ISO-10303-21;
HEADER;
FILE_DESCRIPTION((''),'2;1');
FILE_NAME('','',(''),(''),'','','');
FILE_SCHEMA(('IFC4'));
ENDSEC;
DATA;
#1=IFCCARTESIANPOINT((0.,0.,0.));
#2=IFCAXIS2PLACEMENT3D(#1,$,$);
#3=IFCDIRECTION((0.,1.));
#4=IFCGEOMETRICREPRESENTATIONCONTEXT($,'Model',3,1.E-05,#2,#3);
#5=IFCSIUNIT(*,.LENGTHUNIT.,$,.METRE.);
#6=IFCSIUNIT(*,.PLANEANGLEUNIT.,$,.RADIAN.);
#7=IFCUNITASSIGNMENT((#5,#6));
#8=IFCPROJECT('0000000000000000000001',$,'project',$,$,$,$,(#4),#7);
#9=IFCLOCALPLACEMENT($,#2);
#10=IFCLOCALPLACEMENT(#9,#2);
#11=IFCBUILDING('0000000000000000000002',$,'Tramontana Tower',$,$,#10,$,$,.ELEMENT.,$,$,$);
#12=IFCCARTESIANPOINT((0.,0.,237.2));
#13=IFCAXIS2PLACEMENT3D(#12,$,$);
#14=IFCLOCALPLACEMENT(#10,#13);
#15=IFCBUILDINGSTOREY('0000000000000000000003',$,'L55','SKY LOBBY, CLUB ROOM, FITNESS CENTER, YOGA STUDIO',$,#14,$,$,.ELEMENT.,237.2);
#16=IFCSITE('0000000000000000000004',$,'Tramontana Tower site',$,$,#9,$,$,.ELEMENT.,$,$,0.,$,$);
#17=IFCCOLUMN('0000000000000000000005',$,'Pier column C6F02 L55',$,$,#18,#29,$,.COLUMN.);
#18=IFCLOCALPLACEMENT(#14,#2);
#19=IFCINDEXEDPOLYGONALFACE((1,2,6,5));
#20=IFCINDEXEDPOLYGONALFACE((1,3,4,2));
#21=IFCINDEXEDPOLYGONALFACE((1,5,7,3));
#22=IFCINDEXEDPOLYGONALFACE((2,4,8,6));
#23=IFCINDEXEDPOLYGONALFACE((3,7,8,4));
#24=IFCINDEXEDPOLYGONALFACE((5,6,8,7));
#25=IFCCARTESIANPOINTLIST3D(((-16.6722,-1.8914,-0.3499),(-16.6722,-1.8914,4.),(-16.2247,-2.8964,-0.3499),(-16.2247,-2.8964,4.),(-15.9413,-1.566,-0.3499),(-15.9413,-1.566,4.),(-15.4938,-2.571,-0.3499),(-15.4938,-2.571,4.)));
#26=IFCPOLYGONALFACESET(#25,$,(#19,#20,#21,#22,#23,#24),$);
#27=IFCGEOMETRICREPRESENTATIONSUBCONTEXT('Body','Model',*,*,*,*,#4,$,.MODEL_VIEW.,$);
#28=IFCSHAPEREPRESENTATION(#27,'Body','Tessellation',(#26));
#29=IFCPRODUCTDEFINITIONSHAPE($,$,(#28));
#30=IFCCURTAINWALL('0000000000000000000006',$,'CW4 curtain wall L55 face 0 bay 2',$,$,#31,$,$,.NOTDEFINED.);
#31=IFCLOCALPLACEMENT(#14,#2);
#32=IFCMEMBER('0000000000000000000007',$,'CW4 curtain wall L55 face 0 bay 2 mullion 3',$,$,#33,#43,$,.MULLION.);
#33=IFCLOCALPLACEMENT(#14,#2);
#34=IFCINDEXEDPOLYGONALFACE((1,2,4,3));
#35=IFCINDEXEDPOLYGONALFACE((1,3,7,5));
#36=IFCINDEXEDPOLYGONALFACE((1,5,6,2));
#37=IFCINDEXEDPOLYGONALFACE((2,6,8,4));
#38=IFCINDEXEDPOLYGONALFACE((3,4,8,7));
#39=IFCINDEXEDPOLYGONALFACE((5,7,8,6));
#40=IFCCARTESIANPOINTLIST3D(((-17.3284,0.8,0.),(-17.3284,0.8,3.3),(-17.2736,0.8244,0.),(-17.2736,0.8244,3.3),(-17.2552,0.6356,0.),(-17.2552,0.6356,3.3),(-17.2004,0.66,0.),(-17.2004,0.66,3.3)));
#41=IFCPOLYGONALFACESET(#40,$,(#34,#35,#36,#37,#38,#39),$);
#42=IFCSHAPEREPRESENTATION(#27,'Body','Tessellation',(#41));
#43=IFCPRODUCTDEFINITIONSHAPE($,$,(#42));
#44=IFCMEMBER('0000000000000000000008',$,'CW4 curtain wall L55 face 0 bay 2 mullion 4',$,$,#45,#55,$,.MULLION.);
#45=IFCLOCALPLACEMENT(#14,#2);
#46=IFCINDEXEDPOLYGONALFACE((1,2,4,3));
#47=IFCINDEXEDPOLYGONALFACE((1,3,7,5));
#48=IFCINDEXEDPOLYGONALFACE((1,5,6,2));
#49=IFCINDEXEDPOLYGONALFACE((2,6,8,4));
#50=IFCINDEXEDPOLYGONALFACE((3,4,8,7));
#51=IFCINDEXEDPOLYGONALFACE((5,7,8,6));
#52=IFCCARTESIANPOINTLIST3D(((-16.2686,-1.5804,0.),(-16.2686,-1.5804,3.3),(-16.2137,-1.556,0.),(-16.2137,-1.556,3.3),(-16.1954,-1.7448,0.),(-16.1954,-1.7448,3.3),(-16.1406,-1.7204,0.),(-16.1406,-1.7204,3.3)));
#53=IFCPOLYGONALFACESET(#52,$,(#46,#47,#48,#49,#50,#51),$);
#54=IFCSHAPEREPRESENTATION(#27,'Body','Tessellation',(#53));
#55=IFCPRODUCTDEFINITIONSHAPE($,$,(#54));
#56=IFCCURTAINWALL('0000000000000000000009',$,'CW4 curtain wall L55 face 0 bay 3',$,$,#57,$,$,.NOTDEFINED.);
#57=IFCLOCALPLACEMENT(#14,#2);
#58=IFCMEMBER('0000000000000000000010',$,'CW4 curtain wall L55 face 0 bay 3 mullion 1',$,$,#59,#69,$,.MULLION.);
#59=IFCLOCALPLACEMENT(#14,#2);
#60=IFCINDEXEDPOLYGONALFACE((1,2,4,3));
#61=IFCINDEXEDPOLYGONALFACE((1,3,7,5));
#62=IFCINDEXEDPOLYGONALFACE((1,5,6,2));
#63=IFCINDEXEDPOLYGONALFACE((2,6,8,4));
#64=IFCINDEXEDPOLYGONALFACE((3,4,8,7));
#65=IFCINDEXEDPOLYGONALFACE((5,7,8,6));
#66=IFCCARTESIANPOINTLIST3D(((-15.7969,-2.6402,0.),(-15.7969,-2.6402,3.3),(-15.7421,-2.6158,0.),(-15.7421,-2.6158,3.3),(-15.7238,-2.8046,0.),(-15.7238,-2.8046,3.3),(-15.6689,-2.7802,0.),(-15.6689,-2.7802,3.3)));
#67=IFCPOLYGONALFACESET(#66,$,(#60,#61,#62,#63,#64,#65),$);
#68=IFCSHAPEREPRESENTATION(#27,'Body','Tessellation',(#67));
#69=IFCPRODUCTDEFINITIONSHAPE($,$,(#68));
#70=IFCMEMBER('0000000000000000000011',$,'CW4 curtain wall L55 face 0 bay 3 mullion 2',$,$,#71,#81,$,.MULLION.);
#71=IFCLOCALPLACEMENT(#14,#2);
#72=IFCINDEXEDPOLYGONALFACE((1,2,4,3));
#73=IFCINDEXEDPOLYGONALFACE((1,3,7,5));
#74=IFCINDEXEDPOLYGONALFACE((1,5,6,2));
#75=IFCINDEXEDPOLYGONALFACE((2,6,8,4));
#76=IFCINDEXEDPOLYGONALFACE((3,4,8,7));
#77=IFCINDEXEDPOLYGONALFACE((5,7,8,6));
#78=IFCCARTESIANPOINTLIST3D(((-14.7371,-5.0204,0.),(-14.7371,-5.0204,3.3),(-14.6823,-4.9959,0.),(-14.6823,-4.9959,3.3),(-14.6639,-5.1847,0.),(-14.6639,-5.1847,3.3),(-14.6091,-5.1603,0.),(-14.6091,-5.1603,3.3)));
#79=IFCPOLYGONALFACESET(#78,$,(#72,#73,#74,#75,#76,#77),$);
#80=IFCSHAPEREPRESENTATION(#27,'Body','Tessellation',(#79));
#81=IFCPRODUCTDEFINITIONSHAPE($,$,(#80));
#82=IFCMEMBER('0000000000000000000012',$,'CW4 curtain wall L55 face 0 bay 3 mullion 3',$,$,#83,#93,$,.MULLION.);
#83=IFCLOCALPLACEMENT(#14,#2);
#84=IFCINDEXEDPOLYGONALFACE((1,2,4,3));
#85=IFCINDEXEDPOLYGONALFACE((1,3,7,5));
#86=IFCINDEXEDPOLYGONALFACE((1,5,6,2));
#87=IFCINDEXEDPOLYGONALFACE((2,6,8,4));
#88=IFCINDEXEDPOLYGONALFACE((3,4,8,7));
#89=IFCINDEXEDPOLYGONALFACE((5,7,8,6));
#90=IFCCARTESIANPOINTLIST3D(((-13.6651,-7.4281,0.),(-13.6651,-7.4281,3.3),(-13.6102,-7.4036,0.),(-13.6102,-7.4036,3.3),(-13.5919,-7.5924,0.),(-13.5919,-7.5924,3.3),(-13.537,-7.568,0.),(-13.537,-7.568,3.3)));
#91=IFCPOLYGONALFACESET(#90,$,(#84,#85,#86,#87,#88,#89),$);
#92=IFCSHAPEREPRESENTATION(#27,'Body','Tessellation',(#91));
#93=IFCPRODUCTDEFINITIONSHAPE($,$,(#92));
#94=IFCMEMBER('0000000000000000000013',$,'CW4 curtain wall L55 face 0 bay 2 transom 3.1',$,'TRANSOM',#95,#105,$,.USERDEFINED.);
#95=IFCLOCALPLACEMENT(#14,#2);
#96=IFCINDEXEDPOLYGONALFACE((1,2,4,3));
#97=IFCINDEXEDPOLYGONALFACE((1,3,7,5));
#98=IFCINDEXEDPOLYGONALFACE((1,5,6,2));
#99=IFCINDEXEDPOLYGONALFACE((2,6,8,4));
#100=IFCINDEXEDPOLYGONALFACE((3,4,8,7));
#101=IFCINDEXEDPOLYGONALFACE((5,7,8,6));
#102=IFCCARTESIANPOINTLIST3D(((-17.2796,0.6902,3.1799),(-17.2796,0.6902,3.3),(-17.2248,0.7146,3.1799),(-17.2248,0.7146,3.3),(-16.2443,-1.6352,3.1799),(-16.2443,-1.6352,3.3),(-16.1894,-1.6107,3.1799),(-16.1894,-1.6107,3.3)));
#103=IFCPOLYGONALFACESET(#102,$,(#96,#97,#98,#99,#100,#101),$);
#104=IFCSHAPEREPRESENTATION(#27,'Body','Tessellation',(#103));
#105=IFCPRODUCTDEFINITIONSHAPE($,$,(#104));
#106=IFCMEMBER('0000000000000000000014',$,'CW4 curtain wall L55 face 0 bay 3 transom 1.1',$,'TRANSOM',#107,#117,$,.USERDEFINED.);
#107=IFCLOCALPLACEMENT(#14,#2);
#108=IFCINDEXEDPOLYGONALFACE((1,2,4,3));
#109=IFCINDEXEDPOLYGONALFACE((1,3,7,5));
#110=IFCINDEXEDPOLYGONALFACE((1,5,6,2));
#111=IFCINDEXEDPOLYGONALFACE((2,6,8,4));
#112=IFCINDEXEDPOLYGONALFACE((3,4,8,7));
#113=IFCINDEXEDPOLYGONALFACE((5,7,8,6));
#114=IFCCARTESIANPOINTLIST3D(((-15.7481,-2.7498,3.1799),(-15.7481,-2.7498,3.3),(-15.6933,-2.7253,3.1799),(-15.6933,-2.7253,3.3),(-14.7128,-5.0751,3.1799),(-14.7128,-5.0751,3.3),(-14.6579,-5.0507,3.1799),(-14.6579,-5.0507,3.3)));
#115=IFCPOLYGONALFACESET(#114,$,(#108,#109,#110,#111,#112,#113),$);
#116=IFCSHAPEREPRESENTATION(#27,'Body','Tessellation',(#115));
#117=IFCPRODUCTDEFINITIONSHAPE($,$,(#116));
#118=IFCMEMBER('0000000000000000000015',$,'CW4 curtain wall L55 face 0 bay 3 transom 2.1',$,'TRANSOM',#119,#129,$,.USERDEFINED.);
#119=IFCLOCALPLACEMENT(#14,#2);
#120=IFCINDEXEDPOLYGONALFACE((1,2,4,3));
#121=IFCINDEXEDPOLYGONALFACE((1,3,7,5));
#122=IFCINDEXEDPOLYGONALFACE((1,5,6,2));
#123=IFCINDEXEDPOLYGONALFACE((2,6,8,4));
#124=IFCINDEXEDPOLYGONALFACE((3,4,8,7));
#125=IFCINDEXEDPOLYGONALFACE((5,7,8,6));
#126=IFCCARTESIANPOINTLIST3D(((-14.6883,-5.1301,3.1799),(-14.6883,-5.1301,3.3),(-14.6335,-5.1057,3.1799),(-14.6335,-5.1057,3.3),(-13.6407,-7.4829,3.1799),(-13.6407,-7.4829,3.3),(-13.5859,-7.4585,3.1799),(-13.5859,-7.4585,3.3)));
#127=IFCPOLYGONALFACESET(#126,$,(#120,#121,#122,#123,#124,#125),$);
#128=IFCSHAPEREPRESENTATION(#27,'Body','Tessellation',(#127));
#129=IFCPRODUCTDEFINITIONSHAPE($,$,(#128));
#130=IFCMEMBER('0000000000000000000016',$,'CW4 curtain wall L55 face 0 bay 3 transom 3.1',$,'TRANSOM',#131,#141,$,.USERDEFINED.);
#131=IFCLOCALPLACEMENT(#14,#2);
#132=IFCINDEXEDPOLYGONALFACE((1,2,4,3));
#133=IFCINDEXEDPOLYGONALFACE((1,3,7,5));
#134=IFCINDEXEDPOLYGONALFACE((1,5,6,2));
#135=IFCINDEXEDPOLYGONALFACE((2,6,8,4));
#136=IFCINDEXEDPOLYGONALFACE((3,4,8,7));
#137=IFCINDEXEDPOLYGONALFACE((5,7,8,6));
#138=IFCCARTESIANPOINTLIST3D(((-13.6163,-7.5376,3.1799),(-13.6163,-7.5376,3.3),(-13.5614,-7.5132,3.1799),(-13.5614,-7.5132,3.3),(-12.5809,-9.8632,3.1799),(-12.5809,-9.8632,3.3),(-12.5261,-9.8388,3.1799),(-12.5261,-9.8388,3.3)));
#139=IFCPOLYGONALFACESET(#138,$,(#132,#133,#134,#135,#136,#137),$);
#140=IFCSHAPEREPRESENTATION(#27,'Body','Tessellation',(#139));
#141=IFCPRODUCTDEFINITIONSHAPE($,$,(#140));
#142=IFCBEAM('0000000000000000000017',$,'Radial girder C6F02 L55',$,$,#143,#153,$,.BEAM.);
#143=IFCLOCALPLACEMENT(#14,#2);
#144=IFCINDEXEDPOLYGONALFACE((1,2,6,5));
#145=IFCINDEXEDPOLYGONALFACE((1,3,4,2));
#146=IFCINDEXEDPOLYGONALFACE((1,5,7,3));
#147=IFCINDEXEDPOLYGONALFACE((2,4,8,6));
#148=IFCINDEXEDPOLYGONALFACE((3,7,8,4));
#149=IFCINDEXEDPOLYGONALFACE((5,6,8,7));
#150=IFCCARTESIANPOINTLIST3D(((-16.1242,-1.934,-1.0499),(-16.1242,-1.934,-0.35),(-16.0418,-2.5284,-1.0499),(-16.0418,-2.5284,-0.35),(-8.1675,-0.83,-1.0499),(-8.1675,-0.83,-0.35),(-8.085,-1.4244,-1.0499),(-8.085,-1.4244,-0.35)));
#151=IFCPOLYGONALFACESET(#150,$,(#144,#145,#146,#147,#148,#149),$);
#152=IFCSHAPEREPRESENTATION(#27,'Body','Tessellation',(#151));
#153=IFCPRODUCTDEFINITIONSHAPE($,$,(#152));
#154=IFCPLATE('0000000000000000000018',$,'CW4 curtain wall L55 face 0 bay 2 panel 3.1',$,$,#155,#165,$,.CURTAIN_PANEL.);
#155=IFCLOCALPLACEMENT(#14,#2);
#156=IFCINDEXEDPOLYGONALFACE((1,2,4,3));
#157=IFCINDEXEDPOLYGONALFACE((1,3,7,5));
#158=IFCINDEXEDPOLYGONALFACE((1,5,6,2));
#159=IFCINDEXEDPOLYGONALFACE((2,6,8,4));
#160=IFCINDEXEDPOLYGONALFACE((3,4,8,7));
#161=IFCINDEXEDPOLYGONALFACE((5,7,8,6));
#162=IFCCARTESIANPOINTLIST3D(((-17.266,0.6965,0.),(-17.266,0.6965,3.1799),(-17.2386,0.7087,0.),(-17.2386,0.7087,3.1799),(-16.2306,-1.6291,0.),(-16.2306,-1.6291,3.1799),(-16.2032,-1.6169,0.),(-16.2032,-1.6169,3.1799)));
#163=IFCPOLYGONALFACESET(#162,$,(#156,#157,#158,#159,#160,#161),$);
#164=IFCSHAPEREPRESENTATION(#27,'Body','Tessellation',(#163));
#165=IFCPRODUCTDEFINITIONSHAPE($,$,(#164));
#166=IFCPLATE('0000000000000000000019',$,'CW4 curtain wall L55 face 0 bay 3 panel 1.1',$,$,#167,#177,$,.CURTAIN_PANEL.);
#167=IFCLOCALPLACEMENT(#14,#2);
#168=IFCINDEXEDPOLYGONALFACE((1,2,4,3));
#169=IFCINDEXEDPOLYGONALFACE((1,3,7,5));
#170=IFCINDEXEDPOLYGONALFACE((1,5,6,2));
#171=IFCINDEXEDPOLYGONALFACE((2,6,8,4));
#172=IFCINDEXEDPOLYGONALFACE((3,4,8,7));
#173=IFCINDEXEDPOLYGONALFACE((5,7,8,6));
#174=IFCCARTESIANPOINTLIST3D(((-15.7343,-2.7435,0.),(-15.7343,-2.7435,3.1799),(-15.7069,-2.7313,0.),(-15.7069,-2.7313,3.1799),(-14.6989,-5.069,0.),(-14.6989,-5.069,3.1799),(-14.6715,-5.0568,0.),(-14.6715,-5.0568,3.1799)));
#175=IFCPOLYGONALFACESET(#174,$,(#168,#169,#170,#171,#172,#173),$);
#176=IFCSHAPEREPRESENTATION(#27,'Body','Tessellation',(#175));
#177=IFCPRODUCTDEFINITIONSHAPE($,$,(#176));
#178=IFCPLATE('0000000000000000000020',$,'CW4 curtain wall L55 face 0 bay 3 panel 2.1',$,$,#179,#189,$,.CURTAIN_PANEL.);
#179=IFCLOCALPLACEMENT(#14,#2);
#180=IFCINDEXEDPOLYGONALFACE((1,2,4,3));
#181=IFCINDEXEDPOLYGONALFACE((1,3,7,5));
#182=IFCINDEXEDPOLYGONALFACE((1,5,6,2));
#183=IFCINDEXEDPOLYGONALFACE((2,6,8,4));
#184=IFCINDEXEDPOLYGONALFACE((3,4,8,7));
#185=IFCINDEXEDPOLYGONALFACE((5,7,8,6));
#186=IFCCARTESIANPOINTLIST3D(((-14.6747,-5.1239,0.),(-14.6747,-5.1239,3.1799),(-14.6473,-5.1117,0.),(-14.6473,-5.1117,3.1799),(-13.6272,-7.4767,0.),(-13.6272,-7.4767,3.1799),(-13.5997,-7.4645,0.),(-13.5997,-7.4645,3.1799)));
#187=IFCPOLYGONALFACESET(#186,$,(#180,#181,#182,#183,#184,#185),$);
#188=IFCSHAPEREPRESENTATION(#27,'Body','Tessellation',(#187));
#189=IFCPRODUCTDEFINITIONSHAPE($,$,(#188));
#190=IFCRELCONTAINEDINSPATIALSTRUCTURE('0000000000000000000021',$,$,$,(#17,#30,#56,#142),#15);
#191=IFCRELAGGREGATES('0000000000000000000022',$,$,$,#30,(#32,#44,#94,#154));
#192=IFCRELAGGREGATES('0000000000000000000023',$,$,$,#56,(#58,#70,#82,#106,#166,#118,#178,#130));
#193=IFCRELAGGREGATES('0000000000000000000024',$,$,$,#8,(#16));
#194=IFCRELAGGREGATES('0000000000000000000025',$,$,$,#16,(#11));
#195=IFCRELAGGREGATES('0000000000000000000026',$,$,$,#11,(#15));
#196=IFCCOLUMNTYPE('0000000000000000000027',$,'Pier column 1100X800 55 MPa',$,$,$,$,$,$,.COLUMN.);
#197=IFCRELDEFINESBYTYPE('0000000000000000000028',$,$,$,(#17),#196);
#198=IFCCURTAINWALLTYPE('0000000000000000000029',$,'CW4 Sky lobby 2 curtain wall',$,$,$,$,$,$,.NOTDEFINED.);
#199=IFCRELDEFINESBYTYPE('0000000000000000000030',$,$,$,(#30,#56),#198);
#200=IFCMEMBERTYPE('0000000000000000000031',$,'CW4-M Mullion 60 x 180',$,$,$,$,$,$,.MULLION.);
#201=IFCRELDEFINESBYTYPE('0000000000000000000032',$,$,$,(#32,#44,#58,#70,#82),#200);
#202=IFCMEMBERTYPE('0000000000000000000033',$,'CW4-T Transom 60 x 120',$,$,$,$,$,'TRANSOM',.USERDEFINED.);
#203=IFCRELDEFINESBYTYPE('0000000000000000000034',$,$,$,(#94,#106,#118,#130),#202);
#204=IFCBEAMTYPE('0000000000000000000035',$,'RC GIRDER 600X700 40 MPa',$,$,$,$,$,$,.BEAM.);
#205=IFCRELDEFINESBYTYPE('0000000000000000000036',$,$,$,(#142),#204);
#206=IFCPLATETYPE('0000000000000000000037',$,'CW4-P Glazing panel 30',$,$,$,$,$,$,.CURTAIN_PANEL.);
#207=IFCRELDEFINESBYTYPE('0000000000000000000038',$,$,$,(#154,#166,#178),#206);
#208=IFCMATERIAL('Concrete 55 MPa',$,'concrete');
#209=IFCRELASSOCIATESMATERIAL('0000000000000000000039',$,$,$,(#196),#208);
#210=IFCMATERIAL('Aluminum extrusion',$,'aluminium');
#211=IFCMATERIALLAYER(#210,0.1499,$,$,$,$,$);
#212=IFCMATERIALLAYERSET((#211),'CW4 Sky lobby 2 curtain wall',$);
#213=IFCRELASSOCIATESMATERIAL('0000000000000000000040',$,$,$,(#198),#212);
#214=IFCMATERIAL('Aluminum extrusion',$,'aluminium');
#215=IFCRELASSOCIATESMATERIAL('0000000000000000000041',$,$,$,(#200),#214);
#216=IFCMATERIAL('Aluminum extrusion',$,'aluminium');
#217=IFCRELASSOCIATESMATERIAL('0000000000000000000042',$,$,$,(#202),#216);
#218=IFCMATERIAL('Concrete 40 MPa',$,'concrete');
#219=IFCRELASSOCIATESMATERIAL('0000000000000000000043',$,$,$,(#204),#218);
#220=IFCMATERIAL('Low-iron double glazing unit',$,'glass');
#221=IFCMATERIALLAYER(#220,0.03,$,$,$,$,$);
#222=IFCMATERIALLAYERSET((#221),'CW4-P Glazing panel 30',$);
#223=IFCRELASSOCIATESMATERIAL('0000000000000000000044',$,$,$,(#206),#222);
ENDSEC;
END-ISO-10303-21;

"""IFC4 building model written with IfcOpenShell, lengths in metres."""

from ifc_helpers import new_model, si_unit, direction, frame, origin, origin_2d, place, context, subcontext, project, spatial, rectangle, extrude, material, layer, layer_set, material_profile, profile_set, type_object, element, aggregate, save


model = new_model("IFC4")

# Units and contexts
model_context = context("Model", 3, precision=1e-05, world=origin(), true_north=direction((0.0, 1.0)))
body_context = subcontext(model_context, "Body", "Model", "MODEL_VIEW")
ifc_project = project(units=[si_unit("LENGTHUNIT", "METRE"), si_unit("PLANEANGLEUNIT", "RADIAN")], contexts=[model_context])

# Site, building, storey
site_placement = place(None, origin())
site = spatial("IfcSite", under=ifc_project, at=site_placement, Name="Tramontana Tower site", CompositionType="ELEMENT", RefElevation=0.0)
building_placement = place(site_placement, origin())
building = spatial("IfcBuilding", under=site, at=building_placement, Name="Tramontana Tower", CompositionType="ELEMENT")
storey_placement = place(building_placement, frame((0.0, 0.0, 237.2)))
storey = spatial("IfcBuildingStorey", under=building, at=storey_placement, Name="L55", Description="SKY LOBBY, CLUB ROOM, FITNESS CENTER, YOGA STUDIO", CompositionType="ELEMENT", Elevation=237.2)

# Column
ifc_material_1 = material(Name="Concrete 55 MPa", Category="concrete")
ifc_material_profile_1 = material_profile(ifc_material_1, rectangle(XDim=1.1001, YDim=0.8, at=origin_2d()), Name="Pier column 1100X800 55 MPa")
ifc_profile_set_1 = profile_set([ifc_material_profile_1], Name="Concrete 55 MPa")
column_type = type_object("IfcColumnType", Name="Pier column 1100X800 55 MPa", PredefinedType="COLUMN", material=ifc_profile_set_1)
column_placement = place(storey_placement, frame((-16.083, -2.2312, -0.3499), z_axis=(0.0, 0.0, 1.0), x_axis=(0.406737, -0.913545, 0.0)))
element("IfcColumn", 1, at=column_placement, inside=storey, type_object=column_type, Name="Pier column C6F02 L55", PredefinedType="COLUMN", context=body_context, shape_type="SweptSolid", body=[
    extrude(rectangle(XDim=1.1001, YDim=0.8, at=origin_2d()), origin(), (0.0, 0.0, 1.0), 4.3499),
])

# Curtain walls, members
ifc_material_2 = material(Name="Aluminum extrusion", Category="aluminium")
ifc_layer_1 = layer(ifc_material_2, 0.1499)
ifc_layer_set_1 = layer_set([ifc_layer_1], Name="CW4 Sky lobby 2 curtain wall")
curtain_wall_type = type_object("IfcCurtainWallType", Name="CW4 Sky lobby 2 curtain wall", PredefinedType="NOTDEFINED", material=ifc_layer_set_1)
curtain_wall_1_placement = place(storey_placement, origin())
curtain_wall_1 = element("IfcCurtainWall", 2, at=curtain_wall_1_placement, inside=storey, type_object=curtain_wall_type, Name="CW4 curtain wall L55 face 0 bay 2", PredefinedType="NOTDEFINED")
ifc_material_3 = material(Name="Aluminum extrusion", Category="aluminium")
ifc_material_profile_2 = material_profile(ifc_material_3, rectangle(XDim=0.0601, YDim=0.1799, at=origin_2d()), Name="CW4-M Mullion 60 x 180")
ifc_profile_set_2 = profile_set([ifc_material_profile_2], Name="Aluminum extrusion")
member_type_1 = type_object("IfcMemberType", Name="CW4-M Mullion 60 x 180", PredefinedType="MULLION", material=ifc_profile_set_2)
member_1_placement = place(storey_placement, frame((-17.2644, 0.73, 0.0), z_axis=(0.0, 0.0, 1.0), x_axis=(0.913545, 0.406737, 0.0)))
member_1 = element("IfcMember", 3, at=member_1_placement, type_object=member_type_1, Name="CW4 curtain wall L55 face 0 bay 2 mullion 3", PredefinedType="MULLION", context=body_context, shape_type="SweptSolid", body=[
    extrude(rectangle(XDim=0.0601, YDim=0.1799, at=origin_2d()), origin(), (0.0, 0.0, 1.0), 3.3),
])
member_2_placement = place(storey_placement, frame((-16.2046, -1.6504, 0.0), z_axis=(0.0, 0.0, 1.0), x_axis=(0.913545, 0.406737, 0.0)))
member_2 = element("IfcMember", 4, at=member_2_placement, type_object=member_type_1, Name="CW4 curtain wall L55 face 0 bay 2 mullion 4", PredefinedType="MULLION", context=body_context, shape_type="SweptSolid", body=[
    extrude(rectangle(XDim=0.0601, YDim=0.1799, at=origin_2d()), origin(), (0.0, 0.0, 1.0), 3.3),
])
curtain_wall_2_placement = place(storey_placement, origin())
curtain_wall_2 = element("IfcCurtainWall", 5, at=curtain_wall_2_placement, inside=storey, type_object=curtain_wall_type, Name="CW4 curtain wall L55 face 0 bay 3", PredefinedType="NOTDEFINED")
member_3_placement = place(storey_placement, frame((-15.7329, -2.7102, 0.0), z_axis=(0.0, 0.0, 1.0), x_axis=(0.913545, 0.406737, 0.0)))
member_3 = element("IfcMember", 6, at=member_3_placement, type_object=member_type_1, Name="CW4 curtain wall L55 face 0 bay 3 mullion 1", PredefinedType="MULLION", context=body_context, shape_type="SweptSolid", body=[
    extrude(rectangle(XDim=0.0601, YDim=0.1799, at=origin_2d()), origin(), (0.0, 0.0, 1.0), 3.3),
])
member_4_placement = place(storey_placement, frame((-14.6731, -5.0903, 0.0), z_axis=(0.0, 0.0, 1.0), x_axis=(0.913545, 0.406737, 0.0)))
member_4 = element("IfcMember", 7, at=member_4_placement, type_object=member_type_1, Name="CW4 curtain wall L55 face 0 bay 3 mullion 2", PredefinedType="MULLION", context=body_context, shape_type="SweptSolid", body=[
    extrude(rectangle(XDim=0.0601, YDim=0.1799, at=origin_2d()), origin(), (0.0, 0.0, 1.0), 3.3),
])
member_5_placement = place(storey_placement, frame((-13.6011, -7.498, 0.0), z_axis=(0.0, 0.0, 1.0), x_axis=(0.913545, 0.406737, 0.0)))
member_5 = element("IfcMember", 8, at=member_5_placement, type_object=member_type_1, Name="CW4 curtain wall L55 face 0 bay 3 mullion 3", PredefinedType="MULLION", context=body_context, shape_type="SweptSolid", body=[
    extrude(rectangle(XDim=0.0601, YDim=0.1799, at=origin_2d()), origin(), (0.0, 0.0, 1.0), 3.3),
])

# Members
ifc_material_4 = material(Name="Aluminum extrusion", Category="aluminium")
ifc_material_profile_3 = material_profile(ifc_material_4, rectangle(XDim=0.0601, YDim=0.1201, at=origin_2d()), Name="CW4-T Transom 60 x 120")
ifc_profile_set_3 = profile_set([ifc_material_profile_3], Name="Aluminum extrusion")
member_type_2 = type_object("IfcMemberType", Name="CW4-T Transom 60 x 120", ElementType="TRANSOM", PredefinedType="USERDEFINED", material=ifc_profile_set_3)
member_6_placement = place(storey_placement, frame((-17.2522, 0.7024, 3.24), z_axis=(0.406752, -0.913538, 0.0), x_axis=(0.913538, 0.406752, 0.0)))
member_6 = element("IfcMember", 9, at=member_6_placement, type_object=member_type_2, Name="CW4 curtain wall L55 face 0 bay 2 transom 3.1", ObjectType="TRANSOM", PredefinedType="USERDEFINED", context=body_context, shape_type="SweptSolid", body=[
    extrude(rectangle(XDim=0.0601, YDim=0.1201, at=origin_2d()), origin(), (0.0, 0.0, 1.0), 2.5454),
])
member_7_placement = place(storey_placement, frame((-15.7207, -2.7375, 3.24), z_axis=(0.406752, -0.913538, 0.0), x_axis=(0.913538, 0.406752, 0.0)))
member_7 = element("IfcMember", 10, at=member_7_placement, type_object=member_type_2, Name="CW4 curtain wall L55 face 0 bay 3 transom 1.1", ObjectType="TRANSOM", PredefinedType="USERDEFINED", context=body_context, shape_type="SweptSolid", body=[
    extrude(rectangle(XDim=0.0601, YDim=0.1201, at=origin_2d()), origin(), (0.0, 0.0, 1.0), 2.5454),
])
member_8_placement = place(storey_placement, frame((-14.6609, -5.1179, 3.24), z_axis=(0.406763, -0.913534, 0.0), x_axis=(0.913534, 0.406763, 0.0)))
member_8 = element("IfcMember", 11, at=member_8_placement, type_object=member_type_2, Name="CW4 curtain wall L55 face 0 bay 3 transom 2.1", ObjectType="TRANSOM", PredefinedType="USERDEFINED", context=body_context, shape_type="SweptSolid", body=[
    extrude(rectangle(XDim=0.0601, YDim=0.1201, at=origin_2d()), origin(), (0.0, 0.0, 1.0), 2.5754),
])
member_9_placement = place(storey_placement, frame((-13.5889, -7.5254, 3.24), z_axis=(0.406717, -0.913554, 0.0), x_axis=(0.913554, 0.406717, 0.0)))
member_9 = element("IfcMember", 12, at=member_9_placement, type_object=member_type_2, Name="CW4 curtain wall L55 face 0 bay 3 transom 3.1", ObjectType="TRANSOM", PredefinedType="USERDEFINED", context=body_context, shape_type="SweptSolid", body=[
    extrude(rectangle(XDim=0.0601, YDim=0.1201, at=origin_2d()), origin(), (0.0, 0.0, 1.0), 2.5457),
])

# Beam
ifc_material_5 = material(Name="Concrete 40 MPa", Category="concrete")
ifc_material_profile_4 = material_profile(ifc_material_5, rectangle(XDim=0.6001, YDim=0.7, at=origin_2d()), Name="RC GIRDER 600X700 40 MPa")
ifc_profile_set_4 = profile_set([ifc_material_profile_4], Name="Concrete 40 MPa")
beam_type = type_object("IfcBeamType", Name="RC GIRDER 600X700 40 MPa", PredefinedType="BEAM", material=ifc_profile_set_4)
beam_placement = place(storey_placement, frame((-16.083, -2.2312, -0.7), z_axis=(0.990511, 0.137433, 0.0), x_axis=(-0.137433, 0.990511, 0.0)))
element("IfcBeam", 13, at=beam_placement, inside=storey, type_object=beam_type, Name="Radial girder C6F02 L55", PredefinedType="BEAM", context=body_context, shape_type="SweptSolid", body=[
    extrude(rectangle(XDim=0.6001, YDim=0.7, at=origin_2d()), origin(), (0.0, 0.0, 1.0), 8.033),
])

# Plates
ifc_material_6 = material(Name="Low-iron double glazing unit", Category="glass")
ifc_layer_2 = layer(ifc_material_6, 0.03)
ifc_layer_set_2 = layer_set([ifc_layer_2], Name="CW4-P Glazing panel 30")
plate_type = type_object("IfcPlateType", Name="CW4-P Glazing panel 30", PredefinedType="CURTAIN_PANEL", material=ifc_layer_set_2)
plate_1_placement = place(storey_placement, frame((-16.7346, -0.4602, 0.0), z_axis=(0.0, 0.0, 1.0), x_axis=(0.406737, -0.913545, 0.0)))
plate_1 = element("IfcPlate", 14, at=plate_1_placement, type_object=plate_type, Name="CW4 curtain wall L55 face 0 bay 2 panel 3.1", PredefinedType="CURTAIN_PANEL", context=body_context, shape_type="SweptSolid", body=[
    extrude(rectangle(XDim=2.5457, YDim=0.03, at=origin_2d()), origin(), (0.0, 0.0, 1.0), 3.1799),
])
aggregate(curtain_wall_1, [member_1, member_2, member_6, plate_1])
plate_2_placement = place(storey_placement, frame((-15.2029, -3.9001, 0.0), z_axis=(0.0, 0.0, 1.0), x_axis=(0.406737, -0.913545, 0.0)))
plate_2 = element("IfcPlate", 15, at=plate_2_placement, type_object=plate_type, Name="CW4 curtain wall L55 face 0 bay 3 panel 1.1", PredefinedType="CURTAIN_PANEL", context=body_context, shape_type="SweptSolid", body=[
    extrude(rectangle(XDim=2.5457, YDim=0.03, at=origin_2d()), origin(), (0.0, 0.0, 1.0), 3.1799),
])
plate_3_placement = place(storey_placement, frame((-14.1372, -6.2942, 0.0), z_axis=(0.0, 0.0, 1.0), x_axis=(0.406737, -0.913545, 0.0)))
plate_3 = element("IfcPlate", 16, at=plate_3_placement, type_object=plate_type, Name="CW4 curtain wall L55 face 0 bay 3 panel 2.1", PredefinedType="CURTAIN_PANEL", context=body_context, shape_type="SweptSolid", body=[
    extrude(rectangle(XDim=2.5754, YDim=0.03, at=origin_2d()), origin(), (0.0, 0.0, 1.0), 3.1799),
])
aggregate(curtain_wall_2, [member_3, member_4, member_5, member_7, plate_2, member_8, plate_3, member_9])

save(model, "model.ifc")
